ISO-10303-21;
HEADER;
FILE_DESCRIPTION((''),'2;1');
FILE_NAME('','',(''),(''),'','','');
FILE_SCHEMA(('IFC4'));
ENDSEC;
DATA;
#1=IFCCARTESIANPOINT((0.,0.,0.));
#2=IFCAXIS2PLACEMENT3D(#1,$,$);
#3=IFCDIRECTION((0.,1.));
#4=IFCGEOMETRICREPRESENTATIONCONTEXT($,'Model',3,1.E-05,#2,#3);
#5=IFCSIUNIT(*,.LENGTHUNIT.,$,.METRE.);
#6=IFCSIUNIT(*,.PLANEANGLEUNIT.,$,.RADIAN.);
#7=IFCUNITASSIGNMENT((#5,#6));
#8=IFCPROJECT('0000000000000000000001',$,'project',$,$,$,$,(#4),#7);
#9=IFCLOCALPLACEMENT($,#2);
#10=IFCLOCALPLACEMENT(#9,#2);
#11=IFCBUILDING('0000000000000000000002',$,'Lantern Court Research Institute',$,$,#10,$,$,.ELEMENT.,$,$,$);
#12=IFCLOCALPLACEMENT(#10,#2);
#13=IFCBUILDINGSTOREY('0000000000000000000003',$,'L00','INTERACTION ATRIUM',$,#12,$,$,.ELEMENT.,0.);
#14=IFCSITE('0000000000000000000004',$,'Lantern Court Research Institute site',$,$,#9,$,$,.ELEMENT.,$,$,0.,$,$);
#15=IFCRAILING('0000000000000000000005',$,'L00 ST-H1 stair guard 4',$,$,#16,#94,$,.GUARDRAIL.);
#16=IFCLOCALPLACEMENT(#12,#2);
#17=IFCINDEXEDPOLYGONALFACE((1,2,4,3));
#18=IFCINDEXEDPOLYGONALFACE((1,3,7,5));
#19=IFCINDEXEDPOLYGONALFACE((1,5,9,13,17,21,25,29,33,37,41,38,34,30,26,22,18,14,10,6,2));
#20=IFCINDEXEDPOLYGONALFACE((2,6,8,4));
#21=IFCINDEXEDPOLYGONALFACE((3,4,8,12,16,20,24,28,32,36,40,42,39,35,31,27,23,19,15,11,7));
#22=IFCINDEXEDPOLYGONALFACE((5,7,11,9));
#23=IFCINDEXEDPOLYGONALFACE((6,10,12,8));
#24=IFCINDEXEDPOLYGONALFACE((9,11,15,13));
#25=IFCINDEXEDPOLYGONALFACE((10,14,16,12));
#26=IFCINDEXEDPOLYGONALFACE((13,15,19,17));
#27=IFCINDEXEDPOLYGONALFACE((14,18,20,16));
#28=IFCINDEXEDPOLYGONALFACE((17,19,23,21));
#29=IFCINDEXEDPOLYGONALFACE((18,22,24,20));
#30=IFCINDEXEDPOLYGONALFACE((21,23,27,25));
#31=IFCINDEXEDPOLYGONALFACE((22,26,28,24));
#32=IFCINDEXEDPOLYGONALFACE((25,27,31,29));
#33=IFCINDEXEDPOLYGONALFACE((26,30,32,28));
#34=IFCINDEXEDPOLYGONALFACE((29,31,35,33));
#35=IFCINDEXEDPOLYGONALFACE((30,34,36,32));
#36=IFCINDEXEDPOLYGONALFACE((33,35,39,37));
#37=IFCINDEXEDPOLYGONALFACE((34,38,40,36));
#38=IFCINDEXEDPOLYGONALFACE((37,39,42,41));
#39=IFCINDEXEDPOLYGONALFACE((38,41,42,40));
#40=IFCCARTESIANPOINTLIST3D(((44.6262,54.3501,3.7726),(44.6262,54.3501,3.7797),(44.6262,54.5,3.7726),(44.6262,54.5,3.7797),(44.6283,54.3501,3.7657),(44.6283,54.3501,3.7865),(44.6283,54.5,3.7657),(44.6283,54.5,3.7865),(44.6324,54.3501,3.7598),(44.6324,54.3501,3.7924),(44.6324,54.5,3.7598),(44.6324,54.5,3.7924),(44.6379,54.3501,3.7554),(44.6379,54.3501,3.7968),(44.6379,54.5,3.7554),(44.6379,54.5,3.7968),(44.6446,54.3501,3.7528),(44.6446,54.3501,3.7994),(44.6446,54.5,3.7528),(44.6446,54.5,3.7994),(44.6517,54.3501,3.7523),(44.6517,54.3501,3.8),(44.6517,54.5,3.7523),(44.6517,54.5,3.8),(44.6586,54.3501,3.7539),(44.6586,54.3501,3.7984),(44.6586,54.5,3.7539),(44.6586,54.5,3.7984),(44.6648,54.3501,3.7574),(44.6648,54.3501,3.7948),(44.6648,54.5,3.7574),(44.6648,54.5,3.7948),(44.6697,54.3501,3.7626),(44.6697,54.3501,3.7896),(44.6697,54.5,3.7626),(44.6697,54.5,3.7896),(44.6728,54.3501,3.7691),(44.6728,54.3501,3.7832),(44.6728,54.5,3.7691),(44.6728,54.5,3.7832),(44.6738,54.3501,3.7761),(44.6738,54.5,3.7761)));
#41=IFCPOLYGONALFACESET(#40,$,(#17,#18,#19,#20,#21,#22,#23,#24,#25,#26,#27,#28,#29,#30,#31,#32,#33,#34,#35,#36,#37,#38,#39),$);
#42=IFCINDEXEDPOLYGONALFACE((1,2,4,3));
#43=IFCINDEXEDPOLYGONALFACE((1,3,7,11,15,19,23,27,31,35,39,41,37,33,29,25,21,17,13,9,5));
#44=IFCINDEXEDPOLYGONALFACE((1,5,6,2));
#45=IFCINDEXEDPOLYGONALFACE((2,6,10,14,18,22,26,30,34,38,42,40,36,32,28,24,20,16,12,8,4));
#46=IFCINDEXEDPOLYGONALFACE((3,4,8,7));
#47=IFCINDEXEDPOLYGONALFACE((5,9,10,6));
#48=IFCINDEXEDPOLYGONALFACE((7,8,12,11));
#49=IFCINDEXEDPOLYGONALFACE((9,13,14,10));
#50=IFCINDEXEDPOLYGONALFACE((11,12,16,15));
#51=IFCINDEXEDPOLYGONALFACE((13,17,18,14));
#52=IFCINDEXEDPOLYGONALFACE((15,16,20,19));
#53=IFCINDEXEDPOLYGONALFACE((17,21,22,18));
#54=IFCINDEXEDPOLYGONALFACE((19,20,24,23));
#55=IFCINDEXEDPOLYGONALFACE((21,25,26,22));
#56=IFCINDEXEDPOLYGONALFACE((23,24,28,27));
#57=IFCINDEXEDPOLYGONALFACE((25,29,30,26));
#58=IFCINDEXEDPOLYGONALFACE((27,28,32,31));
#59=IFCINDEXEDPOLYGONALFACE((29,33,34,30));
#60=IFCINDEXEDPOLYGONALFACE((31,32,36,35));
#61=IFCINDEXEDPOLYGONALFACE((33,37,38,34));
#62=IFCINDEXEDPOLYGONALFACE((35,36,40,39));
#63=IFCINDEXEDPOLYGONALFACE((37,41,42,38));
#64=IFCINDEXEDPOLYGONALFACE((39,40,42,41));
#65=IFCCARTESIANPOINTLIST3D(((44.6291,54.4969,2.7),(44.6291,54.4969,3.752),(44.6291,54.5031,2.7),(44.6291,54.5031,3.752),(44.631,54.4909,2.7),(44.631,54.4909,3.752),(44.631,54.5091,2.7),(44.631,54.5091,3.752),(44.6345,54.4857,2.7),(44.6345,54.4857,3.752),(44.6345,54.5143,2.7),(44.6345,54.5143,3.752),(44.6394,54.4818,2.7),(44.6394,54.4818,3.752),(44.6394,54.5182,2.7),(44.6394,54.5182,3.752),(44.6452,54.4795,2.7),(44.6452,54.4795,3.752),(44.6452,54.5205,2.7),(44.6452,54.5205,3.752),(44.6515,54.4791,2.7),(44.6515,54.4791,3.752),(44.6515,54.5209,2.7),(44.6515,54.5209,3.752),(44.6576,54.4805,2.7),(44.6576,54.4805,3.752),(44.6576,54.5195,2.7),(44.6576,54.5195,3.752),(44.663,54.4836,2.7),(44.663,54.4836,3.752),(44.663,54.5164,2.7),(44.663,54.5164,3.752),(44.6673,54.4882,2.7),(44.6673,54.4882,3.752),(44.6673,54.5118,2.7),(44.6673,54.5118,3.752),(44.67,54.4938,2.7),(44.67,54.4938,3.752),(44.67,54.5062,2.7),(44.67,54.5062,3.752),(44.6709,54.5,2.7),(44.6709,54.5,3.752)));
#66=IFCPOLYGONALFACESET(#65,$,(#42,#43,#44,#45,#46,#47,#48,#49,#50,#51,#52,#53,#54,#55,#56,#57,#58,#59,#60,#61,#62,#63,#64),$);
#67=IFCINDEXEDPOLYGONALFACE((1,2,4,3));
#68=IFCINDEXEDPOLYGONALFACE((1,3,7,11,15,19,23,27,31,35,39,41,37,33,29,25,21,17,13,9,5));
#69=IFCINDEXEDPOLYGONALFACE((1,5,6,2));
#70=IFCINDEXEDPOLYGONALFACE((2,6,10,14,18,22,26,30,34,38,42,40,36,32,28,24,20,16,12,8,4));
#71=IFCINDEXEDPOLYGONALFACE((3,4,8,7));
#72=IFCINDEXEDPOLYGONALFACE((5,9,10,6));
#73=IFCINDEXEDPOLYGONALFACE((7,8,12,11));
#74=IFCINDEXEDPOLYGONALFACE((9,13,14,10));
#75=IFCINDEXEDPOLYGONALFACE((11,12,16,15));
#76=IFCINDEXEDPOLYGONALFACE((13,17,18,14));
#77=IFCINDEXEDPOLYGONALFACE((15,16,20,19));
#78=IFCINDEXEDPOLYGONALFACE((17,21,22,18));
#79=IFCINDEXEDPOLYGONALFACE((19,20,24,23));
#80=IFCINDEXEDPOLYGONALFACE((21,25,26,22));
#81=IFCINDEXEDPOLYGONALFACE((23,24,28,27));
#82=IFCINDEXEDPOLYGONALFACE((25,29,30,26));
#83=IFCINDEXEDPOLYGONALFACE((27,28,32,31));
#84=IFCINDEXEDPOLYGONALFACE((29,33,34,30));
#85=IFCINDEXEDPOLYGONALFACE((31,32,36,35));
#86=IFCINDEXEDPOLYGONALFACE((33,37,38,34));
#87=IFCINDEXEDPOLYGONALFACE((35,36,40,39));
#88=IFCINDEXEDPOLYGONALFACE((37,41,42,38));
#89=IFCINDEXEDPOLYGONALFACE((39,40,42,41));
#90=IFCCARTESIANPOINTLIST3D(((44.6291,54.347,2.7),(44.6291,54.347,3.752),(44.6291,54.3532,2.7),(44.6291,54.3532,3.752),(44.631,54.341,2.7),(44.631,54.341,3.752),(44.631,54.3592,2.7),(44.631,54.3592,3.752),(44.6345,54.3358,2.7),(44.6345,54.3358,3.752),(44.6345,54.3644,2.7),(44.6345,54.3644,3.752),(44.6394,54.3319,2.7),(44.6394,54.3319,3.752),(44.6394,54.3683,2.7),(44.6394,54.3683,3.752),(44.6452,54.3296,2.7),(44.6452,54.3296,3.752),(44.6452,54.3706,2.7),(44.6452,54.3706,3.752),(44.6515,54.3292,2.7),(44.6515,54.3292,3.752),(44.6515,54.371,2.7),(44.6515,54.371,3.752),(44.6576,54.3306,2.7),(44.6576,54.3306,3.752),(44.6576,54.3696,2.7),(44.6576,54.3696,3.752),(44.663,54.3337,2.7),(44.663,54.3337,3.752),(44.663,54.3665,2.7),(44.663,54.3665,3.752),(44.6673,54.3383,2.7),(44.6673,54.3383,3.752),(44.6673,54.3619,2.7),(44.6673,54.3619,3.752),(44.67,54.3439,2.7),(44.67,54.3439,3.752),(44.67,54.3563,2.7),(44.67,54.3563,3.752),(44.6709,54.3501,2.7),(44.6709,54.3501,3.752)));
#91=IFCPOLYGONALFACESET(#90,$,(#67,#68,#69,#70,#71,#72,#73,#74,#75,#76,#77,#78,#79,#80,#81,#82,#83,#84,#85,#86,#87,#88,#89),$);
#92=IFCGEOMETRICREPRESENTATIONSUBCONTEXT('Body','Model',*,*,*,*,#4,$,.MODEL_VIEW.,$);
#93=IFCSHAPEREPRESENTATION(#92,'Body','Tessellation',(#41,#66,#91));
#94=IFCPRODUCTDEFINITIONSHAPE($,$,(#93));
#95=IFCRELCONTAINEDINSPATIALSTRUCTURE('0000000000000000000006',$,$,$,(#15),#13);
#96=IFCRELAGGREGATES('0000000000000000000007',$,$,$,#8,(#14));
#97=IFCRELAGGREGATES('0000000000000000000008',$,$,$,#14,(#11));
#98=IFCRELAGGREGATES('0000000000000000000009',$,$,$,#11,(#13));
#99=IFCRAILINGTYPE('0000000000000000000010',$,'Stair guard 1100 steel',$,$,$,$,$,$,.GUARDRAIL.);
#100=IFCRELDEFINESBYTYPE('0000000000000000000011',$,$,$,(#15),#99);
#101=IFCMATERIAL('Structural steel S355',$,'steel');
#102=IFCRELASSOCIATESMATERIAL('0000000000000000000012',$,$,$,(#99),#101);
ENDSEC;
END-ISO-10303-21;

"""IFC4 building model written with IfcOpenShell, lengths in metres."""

from ifc_helpers import new_model, si_unit, direction, frame, origin, origin_2d, place, context, subcontext, project, spatial, circle, extrude, material, type_object, element, save


model = new_model("IFC4")

# Units and contexts
model_context = context("Model", 3, precision=1e-05, world=origin(), true_north=direction((0.0, 1.0)))
body_context = subcontext(model_context, "Body", "Model", "MODEL_VIEW")
ifc_project = project(units=[si_unit("LENGTHUNIT", "METRE"), si_unit("PLANEANGLEUNIT", "RADIAN")], contexts=[model_context])

# Site, building, storey
site_placement = place(None, origin())
site = spatial("IfcSite", under=ifc_project, at=site_placement, Name="Lantern Court Research Institute site", CompositionType="ELEMENT", RefElevation=0.0)
building_placement = place(site_placement, origin())
building = spatial("IfcBuilding", under=site, at=building_placement, Name="Lantern Court Research Institute", CompositionType="ELEMENT")
storey_placement = place(building_placement, origin())
storey = spatial("IfcBuildingStorey", under=building, at=storey_placement, Name="L00", Description="INTERACTION ATRIUM", CompositionType="ELEMENT", Elevation=0.0)

# Railing
ifc_material_1 = material(Name="Structural steel S355", Category="steel")
railing_type_1 = type_object("IfcRailingType", Name="Stair guard 1100 steel", PredefinedType="GUARDRAIL", material=ifc_material_1)
railing_1_placement = place(storey_placement, frame((44.6499, 54.5, 2.7)))
element("IfcRailing", 1, at=railing_1_placement, inside=storey, type_object=railing_type_1, Name="L00 ST-H1 stair guard 4", PredefinedType="GUARDRAIL", context=body_context, shape_type="SweptSolid", body=[
    extrude(circle(Radius=0.0239, at=origin_2d()), frame((0.0, 0.0, 1.0762), z_axis=(0.0, -1.0, 0.0), x_axis=(1.0, 0.0, 0.0)), (0.0, 0.0, 1.0), 0.1499),
    extrude(circle(Radius=0.021, at=origin_2d()), origin(), (0.0, 0.0, 1.0), 1.052),
    extrude(circle(Radius=0.021, at=origin_2d()), frame((0.0, -0.1499, 0.0)), (0.0, 0.0, 1.0), 1.052),
])

save(model, "model.ifc")
